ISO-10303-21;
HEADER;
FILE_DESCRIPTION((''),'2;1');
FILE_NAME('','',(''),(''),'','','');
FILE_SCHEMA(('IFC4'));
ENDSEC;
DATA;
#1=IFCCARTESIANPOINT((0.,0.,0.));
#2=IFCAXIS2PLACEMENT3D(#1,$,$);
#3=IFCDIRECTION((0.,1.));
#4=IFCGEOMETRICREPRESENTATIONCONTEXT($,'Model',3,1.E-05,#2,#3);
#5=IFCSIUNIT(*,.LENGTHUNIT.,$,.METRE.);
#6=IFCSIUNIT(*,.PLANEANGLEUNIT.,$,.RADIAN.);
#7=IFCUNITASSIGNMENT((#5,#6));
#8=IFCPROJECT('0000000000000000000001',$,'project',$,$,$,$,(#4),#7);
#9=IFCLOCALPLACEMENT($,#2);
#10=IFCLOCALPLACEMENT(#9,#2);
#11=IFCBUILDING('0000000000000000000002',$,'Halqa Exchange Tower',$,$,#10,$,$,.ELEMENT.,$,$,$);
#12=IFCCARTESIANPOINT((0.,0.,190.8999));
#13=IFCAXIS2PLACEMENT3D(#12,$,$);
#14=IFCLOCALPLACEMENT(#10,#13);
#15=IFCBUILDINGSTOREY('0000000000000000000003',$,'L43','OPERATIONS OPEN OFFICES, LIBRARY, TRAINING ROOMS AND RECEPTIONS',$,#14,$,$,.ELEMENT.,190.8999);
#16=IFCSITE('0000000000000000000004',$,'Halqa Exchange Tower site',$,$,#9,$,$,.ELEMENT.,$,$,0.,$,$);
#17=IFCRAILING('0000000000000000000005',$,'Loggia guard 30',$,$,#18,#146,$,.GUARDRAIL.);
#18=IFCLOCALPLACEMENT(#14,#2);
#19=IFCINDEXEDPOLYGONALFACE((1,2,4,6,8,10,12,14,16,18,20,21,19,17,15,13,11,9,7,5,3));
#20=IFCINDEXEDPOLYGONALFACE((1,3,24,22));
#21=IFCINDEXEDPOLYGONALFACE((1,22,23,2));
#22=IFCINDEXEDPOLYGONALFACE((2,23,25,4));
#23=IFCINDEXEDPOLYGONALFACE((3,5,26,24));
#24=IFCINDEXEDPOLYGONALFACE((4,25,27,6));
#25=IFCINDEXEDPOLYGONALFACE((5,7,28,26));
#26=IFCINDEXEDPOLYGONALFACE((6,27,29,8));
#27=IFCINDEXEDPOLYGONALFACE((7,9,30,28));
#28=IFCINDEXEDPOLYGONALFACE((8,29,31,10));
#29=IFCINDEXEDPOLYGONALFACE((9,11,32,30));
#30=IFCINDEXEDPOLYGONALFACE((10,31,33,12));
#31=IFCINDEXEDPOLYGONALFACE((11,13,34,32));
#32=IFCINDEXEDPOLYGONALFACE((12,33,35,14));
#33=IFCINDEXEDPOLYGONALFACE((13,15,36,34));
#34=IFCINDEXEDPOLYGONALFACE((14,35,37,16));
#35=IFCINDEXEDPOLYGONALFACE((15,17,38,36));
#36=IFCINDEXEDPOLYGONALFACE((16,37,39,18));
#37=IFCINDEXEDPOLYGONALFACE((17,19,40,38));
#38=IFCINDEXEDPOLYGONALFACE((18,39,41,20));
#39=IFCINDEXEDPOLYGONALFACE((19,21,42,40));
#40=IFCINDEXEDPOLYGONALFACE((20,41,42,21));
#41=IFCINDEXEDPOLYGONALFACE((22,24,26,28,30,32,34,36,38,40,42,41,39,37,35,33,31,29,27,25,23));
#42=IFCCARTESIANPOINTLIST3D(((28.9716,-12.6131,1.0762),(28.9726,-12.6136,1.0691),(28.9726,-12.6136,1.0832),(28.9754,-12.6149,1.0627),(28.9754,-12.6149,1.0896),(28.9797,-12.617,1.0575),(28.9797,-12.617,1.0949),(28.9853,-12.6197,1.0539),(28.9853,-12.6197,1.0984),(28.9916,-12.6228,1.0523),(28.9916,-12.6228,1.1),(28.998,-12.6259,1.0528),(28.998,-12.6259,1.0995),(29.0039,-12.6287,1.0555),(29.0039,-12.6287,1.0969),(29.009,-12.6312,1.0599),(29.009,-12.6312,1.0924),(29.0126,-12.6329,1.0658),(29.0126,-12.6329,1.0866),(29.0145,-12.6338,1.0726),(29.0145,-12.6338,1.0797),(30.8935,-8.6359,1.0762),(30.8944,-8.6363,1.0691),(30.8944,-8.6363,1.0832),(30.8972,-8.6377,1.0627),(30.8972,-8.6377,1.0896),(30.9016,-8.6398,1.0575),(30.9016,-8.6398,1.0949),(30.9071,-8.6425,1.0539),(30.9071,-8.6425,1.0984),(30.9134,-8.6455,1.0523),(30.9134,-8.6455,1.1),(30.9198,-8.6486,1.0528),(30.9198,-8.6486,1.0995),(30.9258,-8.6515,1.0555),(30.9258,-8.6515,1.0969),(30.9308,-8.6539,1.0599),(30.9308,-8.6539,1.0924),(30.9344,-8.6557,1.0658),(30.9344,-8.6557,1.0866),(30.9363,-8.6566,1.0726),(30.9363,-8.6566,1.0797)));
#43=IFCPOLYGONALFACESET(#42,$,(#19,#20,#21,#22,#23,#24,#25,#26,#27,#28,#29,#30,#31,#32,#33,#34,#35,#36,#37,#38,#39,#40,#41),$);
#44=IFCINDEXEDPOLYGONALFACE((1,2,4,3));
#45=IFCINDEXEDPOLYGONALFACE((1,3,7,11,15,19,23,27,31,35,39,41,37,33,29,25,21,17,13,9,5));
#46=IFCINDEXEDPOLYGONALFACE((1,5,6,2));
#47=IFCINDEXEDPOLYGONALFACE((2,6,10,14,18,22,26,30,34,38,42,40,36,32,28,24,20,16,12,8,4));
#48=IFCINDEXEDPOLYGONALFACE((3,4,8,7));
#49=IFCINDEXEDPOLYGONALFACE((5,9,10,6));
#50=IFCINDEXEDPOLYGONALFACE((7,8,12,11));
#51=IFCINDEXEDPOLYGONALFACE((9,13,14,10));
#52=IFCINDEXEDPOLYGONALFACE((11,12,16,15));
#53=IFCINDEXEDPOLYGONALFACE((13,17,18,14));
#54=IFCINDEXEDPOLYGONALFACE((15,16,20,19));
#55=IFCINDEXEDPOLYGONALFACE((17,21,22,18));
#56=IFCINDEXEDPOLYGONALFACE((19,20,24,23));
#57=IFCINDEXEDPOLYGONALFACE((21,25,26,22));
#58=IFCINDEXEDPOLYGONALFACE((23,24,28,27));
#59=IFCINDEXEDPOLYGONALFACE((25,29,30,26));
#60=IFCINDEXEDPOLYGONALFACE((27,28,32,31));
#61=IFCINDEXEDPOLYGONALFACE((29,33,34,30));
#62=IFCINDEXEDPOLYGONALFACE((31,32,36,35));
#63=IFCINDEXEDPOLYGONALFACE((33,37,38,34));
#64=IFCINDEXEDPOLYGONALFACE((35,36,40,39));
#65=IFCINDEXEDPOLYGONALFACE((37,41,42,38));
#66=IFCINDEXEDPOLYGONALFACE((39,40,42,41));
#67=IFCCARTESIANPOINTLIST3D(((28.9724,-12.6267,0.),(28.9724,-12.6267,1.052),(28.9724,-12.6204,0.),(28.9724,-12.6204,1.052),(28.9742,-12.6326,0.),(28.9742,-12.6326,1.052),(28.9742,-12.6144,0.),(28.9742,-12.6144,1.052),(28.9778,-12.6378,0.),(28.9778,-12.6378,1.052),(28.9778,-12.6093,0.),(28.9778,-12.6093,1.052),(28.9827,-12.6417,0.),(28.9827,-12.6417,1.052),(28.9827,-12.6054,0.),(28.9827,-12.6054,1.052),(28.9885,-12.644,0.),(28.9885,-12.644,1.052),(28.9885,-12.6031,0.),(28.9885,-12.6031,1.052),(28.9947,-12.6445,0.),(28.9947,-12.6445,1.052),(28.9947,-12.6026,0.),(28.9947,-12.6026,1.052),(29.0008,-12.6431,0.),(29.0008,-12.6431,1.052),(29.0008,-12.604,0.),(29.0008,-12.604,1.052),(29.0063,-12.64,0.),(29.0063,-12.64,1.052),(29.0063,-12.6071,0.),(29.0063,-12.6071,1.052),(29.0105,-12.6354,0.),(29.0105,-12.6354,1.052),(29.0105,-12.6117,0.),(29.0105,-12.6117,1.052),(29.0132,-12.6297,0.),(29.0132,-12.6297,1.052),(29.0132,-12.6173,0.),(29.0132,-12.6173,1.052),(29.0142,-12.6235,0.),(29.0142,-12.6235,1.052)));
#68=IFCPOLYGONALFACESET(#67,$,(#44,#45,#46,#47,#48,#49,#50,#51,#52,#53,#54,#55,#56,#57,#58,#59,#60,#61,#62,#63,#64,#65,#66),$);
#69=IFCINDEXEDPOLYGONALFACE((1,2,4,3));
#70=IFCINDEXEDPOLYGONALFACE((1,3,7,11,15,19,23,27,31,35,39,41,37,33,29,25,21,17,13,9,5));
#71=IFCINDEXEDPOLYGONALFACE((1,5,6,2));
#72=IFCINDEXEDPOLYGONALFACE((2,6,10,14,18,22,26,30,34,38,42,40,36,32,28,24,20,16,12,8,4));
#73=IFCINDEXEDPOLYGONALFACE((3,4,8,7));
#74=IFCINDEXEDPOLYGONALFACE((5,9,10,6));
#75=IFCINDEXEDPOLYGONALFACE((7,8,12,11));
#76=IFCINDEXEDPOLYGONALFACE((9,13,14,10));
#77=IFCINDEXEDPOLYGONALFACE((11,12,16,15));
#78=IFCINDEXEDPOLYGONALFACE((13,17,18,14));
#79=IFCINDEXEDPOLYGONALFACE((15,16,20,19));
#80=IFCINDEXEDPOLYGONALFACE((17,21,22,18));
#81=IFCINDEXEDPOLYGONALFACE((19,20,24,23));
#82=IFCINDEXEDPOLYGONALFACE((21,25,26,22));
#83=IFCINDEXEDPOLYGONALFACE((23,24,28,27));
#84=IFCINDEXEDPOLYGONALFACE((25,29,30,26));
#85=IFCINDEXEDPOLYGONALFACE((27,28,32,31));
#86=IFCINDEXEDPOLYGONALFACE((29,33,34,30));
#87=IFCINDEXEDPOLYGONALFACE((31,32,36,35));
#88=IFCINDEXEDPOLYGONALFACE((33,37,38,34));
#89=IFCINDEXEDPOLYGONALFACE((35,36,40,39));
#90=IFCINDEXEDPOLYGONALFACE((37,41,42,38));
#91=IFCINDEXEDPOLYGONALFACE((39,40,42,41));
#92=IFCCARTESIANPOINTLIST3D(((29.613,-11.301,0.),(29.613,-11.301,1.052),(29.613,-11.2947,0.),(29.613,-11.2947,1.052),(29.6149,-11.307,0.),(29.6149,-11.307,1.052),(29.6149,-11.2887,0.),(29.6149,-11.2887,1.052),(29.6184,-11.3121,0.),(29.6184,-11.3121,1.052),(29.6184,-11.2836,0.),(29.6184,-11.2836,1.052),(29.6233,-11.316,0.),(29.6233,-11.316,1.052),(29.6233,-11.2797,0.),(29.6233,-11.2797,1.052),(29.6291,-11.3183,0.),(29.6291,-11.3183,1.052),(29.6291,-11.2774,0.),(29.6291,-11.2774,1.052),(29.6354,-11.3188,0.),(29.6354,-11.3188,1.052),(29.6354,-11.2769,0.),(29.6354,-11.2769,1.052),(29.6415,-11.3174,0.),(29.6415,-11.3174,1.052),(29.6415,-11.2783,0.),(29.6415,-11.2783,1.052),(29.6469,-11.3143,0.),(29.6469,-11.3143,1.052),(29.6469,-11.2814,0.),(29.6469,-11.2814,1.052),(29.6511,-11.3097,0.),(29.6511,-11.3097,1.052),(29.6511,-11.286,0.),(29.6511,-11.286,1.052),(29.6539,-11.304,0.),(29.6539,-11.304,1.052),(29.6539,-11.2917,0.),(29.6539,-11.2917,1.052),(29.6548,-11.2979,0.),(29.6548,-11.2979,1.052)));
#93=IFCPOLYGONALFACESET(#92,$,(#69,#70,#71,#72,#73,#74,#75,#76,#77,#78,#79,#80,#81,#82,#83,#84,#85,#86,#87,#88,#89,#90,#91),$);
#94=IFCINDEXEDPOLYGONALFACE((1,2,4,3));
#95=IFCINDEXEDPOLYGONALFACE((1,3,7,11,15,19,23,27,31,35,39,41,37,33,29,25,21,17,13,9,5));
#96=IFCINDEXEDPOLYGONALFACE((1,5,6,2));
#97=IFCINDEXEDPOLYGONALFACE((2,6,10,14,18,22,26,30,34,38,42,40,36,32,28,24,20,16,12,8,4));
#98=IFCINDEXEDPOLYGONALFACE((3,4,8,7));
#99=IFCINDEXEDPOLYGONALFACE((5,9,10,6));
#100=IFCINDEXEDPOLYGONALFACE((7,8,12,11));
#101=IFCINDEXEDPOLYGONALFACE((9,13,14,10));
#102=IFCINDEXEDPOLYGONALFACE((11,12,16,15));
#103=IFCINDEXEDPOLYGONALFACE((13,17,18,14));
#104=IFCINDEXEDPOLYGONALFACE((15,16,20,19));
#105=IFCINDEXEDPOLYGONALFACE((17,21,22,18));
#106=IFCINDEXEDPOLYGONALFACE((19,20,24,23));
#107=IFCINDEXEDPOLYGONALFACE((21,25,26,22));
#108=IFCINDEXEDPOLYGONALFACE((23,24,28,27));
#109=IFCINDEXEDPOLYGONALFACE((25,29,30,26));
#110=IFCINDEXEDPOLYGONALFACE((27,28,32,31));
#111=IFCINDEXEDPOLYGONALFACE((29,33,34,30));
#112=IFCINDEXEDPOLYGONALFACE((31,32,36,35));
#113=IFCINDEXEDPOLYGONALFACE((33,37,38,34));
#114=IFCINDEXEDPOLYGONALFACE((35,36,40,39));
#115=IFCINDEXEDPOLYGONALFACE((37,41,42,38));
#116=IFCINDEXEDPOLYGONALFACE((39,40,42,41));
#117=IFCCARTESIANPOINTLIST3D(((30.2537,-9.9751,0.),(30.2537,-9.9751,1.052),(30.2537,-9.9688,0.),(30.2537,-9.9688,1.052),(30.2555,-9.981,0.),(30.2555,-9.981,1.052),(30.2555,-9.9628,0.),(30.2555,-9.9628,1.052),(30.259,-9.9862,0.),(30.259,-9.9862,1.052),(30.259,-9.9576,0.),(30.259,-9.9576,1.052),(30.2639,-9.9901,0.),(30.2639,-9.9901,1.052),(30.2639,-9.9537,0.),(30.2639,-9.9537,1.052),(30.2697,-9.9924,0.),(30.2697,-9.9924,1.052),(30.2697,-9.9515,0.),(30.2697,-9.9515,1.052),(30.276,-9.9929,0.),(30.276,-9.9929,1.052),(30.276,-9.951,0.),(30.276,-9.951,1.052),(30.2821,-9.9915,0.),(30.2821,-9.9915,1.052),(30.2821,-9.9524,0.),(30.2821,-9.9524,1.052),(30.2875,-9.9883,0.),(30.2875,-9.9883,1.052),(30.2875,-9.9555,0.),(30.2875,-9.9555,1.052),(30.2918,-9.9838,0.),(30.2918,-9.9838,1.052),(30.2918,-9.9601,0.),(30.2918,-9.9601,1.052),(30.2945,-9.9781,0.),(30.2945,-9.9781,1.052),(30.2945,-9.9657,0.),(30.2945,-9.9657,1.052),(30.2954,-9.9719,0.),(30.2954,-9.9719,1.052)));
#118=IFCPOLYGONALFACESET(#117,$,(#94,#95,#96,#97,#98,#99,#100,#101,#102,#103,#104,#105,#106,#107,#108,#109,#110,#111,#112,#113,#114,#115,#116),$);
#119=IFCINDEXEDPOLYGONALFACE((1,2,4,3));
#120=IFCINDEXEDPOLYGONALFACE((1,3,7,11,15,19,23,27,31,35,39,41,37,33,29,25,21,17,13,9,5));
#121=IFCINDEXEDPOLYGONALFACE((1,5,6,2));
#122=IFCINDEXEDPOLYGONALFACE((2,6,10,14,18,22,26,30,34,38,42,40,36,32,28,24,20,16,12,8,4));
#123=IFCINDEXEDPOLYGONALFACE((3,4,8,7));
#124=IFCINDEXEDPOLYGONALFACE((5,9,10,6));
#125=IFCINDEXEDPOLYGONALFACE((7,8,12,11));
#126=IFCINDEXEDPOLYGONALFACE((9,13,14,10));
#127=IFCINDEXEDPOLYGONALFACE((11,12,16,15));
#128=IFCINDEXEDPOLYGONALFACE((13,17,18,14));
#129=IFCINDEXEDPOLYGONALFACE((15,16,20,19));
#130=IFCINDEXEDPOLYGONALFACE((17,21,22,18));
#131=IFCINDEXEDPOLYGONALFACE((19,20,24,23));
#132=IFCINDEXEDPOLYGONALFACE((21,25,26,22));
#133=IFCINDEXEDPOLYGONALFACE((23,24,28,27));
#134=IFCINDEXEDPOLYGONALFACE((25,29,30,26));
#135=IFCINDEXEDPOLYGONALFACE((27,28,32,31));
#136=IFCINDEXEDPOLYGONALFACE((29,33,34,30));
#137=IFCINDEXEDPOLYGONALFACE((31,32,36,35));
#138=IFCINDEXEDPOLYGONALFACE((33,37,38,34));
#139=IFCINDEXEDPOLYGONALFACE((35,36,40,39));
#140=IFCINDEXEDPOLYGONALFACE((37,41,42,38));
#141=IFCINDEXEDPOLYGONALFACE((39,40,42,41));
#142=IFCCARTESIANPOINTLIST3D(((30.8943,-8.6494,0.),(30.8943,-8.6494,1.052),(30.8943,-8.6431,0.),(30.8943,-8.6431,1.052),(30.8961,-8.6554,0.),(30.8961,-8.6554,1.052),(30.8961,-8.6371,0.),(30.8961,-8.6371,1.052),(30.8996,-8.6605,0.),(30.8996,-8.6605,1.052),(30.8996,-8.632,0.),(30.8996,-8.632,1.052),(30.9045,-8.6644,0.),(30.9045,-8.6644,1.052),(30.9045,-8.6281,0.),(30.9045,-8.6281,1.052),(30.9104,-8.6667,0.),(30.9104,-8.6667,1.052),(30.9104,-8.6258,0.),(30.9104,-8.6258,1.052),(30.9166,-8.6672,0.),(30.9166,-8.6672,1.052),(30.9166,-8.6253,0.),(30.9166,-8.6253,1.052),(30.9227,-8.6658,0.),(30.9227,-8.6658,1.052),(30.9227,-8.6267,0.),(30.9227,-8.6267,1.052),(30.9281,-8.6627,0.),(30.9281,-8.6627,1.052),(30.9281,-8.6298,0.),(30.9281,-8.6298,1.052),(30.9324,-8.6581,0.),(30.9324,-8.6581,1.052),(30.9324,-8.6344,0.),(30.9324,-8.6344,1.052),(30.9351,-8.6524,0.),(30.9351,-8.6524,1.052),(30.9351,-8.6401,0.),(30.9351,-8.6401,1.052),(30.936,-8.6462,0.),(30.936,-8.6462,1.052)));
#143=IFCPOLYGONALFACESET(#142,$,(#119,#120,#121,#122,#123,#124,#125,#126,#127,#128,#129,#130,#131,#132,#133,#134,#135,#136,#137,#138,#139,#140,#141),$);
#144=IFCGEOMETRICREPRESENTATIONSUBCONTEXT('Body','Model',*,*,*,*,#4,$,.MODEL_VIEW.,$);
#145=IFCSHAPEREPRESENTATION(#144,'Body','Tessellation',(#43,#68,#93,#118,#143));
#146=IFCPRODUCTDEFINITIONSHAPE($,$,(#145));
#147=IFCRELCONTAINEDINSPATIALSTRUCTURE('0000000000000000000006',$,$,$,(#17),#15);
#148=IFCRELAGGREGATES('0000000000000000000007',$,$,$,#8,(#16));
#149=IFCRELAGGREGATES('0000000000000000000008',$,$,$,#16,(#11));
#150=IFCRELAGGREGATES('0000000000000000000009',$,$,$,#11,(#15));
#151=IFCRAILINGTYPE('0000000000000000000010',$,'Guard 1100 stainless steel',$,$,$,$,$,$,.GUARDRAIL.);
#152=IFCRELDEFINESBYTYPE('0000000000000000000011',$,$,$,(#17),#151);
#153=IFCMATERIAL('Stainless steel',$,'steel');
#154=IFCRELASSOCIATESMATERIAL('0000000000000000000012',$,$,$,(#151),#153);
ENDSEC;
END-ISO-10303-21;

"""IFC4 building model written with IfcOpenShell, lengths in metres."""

from ifc_helpers import new_model, si_unit, direction, frame, origin, origin_2d, place, context, subcontext, project, spatial, circle, extrude, material, type_object, element, save


model = new_model("IFC4")

# Units and contexts
model_context = context("Model", 3, precision=1e-05, world=origin(), true_north=direction((0.0, 1.0)))
body_context = subcontext(model_context, "Body", "Model", "MODEL_VIEW")
ifc_project = project(units=[si_unit("LENGTHUNIT", "METRE"), si_unit("PLANEANGLEUNIT", "RADIAN")], contexts=[model_context])

# Site, building, storey
site_placement = place(None, origin())
site = spatial("IfcSite", under=ifc_project, at=site_placement, Name="Halqa Exchange Tower site", CompositionType="ELEMENT", RefElevation=0.0)
building_placement = place(site_placement, origin())
building = spatial("IfcBuilding", under=site, at=building_placement, Name="Halqa Exchange Tower", CompositionType="ELEMENT")
storey_placement = place(building_placement, frame((0.0, 0.0, 190.8999)))
storey = spatial("IfcBuildingStorey", under=building, at=storey_placement, Name="L43", Description="OPERATIONS OPEN OFFICES, LIBRARY, TRAINING ROOMS AND RECEPTIONS", CompositionType="ELEMENT", Elevation=190.8999)

# Railing
ifc_material_1 = material(Name="Stainless steel", Category="steel")
railing_type = type_object("IfcRailingType", Name="Guard 1100 stainless steel", PredefinedType="GUARDRAIL", material=ifc_material_1)
railing_1_placement = place(storey_placement, frame((28.9932, -12.6235, 0.0)))
element("IfcRailing", 1, at=railing_1_placement, inside=storey, type_object=railing_type, Name="Loggia guard 30", PredefinedType="GUARDRAIL", context=body_context, shape_type="SweptSolid", body=[
    extrude(circle(Radius=0.0239, at=origin_2d()), frame((0.0, 0.0, 1.0762), z_axis=(0.43508, 0.900392, 0.0), x_axis=(-0.900392, 0.43508, 0.0)), (0.0, 0.0, 1.0), 4.4172),
    extrude(circle(Radius=0.021, at=origin_2d()), origin(), (0.0, 0.0, 1.0), 1.052),
    extrude(circle(Radius=0.021, at=origin_2d()), frame((0.6406, 1.3257, 0.0)), (0.0, 0.0, 1.0), 1.052),
    extrude(circle(Radius=0.021, at=origin_2d()), frame((1.2812, 2.6516, 0.0)), (0.0, 0.0, 1.0), 1.052),
    extrude(circle(Radius=0.021, at=origin_2d()), frame((1.9219, 3.9773, 0.0)), (0.0, 0.0, 1.0), 1.052),
])

save(model, "model.ifc")
